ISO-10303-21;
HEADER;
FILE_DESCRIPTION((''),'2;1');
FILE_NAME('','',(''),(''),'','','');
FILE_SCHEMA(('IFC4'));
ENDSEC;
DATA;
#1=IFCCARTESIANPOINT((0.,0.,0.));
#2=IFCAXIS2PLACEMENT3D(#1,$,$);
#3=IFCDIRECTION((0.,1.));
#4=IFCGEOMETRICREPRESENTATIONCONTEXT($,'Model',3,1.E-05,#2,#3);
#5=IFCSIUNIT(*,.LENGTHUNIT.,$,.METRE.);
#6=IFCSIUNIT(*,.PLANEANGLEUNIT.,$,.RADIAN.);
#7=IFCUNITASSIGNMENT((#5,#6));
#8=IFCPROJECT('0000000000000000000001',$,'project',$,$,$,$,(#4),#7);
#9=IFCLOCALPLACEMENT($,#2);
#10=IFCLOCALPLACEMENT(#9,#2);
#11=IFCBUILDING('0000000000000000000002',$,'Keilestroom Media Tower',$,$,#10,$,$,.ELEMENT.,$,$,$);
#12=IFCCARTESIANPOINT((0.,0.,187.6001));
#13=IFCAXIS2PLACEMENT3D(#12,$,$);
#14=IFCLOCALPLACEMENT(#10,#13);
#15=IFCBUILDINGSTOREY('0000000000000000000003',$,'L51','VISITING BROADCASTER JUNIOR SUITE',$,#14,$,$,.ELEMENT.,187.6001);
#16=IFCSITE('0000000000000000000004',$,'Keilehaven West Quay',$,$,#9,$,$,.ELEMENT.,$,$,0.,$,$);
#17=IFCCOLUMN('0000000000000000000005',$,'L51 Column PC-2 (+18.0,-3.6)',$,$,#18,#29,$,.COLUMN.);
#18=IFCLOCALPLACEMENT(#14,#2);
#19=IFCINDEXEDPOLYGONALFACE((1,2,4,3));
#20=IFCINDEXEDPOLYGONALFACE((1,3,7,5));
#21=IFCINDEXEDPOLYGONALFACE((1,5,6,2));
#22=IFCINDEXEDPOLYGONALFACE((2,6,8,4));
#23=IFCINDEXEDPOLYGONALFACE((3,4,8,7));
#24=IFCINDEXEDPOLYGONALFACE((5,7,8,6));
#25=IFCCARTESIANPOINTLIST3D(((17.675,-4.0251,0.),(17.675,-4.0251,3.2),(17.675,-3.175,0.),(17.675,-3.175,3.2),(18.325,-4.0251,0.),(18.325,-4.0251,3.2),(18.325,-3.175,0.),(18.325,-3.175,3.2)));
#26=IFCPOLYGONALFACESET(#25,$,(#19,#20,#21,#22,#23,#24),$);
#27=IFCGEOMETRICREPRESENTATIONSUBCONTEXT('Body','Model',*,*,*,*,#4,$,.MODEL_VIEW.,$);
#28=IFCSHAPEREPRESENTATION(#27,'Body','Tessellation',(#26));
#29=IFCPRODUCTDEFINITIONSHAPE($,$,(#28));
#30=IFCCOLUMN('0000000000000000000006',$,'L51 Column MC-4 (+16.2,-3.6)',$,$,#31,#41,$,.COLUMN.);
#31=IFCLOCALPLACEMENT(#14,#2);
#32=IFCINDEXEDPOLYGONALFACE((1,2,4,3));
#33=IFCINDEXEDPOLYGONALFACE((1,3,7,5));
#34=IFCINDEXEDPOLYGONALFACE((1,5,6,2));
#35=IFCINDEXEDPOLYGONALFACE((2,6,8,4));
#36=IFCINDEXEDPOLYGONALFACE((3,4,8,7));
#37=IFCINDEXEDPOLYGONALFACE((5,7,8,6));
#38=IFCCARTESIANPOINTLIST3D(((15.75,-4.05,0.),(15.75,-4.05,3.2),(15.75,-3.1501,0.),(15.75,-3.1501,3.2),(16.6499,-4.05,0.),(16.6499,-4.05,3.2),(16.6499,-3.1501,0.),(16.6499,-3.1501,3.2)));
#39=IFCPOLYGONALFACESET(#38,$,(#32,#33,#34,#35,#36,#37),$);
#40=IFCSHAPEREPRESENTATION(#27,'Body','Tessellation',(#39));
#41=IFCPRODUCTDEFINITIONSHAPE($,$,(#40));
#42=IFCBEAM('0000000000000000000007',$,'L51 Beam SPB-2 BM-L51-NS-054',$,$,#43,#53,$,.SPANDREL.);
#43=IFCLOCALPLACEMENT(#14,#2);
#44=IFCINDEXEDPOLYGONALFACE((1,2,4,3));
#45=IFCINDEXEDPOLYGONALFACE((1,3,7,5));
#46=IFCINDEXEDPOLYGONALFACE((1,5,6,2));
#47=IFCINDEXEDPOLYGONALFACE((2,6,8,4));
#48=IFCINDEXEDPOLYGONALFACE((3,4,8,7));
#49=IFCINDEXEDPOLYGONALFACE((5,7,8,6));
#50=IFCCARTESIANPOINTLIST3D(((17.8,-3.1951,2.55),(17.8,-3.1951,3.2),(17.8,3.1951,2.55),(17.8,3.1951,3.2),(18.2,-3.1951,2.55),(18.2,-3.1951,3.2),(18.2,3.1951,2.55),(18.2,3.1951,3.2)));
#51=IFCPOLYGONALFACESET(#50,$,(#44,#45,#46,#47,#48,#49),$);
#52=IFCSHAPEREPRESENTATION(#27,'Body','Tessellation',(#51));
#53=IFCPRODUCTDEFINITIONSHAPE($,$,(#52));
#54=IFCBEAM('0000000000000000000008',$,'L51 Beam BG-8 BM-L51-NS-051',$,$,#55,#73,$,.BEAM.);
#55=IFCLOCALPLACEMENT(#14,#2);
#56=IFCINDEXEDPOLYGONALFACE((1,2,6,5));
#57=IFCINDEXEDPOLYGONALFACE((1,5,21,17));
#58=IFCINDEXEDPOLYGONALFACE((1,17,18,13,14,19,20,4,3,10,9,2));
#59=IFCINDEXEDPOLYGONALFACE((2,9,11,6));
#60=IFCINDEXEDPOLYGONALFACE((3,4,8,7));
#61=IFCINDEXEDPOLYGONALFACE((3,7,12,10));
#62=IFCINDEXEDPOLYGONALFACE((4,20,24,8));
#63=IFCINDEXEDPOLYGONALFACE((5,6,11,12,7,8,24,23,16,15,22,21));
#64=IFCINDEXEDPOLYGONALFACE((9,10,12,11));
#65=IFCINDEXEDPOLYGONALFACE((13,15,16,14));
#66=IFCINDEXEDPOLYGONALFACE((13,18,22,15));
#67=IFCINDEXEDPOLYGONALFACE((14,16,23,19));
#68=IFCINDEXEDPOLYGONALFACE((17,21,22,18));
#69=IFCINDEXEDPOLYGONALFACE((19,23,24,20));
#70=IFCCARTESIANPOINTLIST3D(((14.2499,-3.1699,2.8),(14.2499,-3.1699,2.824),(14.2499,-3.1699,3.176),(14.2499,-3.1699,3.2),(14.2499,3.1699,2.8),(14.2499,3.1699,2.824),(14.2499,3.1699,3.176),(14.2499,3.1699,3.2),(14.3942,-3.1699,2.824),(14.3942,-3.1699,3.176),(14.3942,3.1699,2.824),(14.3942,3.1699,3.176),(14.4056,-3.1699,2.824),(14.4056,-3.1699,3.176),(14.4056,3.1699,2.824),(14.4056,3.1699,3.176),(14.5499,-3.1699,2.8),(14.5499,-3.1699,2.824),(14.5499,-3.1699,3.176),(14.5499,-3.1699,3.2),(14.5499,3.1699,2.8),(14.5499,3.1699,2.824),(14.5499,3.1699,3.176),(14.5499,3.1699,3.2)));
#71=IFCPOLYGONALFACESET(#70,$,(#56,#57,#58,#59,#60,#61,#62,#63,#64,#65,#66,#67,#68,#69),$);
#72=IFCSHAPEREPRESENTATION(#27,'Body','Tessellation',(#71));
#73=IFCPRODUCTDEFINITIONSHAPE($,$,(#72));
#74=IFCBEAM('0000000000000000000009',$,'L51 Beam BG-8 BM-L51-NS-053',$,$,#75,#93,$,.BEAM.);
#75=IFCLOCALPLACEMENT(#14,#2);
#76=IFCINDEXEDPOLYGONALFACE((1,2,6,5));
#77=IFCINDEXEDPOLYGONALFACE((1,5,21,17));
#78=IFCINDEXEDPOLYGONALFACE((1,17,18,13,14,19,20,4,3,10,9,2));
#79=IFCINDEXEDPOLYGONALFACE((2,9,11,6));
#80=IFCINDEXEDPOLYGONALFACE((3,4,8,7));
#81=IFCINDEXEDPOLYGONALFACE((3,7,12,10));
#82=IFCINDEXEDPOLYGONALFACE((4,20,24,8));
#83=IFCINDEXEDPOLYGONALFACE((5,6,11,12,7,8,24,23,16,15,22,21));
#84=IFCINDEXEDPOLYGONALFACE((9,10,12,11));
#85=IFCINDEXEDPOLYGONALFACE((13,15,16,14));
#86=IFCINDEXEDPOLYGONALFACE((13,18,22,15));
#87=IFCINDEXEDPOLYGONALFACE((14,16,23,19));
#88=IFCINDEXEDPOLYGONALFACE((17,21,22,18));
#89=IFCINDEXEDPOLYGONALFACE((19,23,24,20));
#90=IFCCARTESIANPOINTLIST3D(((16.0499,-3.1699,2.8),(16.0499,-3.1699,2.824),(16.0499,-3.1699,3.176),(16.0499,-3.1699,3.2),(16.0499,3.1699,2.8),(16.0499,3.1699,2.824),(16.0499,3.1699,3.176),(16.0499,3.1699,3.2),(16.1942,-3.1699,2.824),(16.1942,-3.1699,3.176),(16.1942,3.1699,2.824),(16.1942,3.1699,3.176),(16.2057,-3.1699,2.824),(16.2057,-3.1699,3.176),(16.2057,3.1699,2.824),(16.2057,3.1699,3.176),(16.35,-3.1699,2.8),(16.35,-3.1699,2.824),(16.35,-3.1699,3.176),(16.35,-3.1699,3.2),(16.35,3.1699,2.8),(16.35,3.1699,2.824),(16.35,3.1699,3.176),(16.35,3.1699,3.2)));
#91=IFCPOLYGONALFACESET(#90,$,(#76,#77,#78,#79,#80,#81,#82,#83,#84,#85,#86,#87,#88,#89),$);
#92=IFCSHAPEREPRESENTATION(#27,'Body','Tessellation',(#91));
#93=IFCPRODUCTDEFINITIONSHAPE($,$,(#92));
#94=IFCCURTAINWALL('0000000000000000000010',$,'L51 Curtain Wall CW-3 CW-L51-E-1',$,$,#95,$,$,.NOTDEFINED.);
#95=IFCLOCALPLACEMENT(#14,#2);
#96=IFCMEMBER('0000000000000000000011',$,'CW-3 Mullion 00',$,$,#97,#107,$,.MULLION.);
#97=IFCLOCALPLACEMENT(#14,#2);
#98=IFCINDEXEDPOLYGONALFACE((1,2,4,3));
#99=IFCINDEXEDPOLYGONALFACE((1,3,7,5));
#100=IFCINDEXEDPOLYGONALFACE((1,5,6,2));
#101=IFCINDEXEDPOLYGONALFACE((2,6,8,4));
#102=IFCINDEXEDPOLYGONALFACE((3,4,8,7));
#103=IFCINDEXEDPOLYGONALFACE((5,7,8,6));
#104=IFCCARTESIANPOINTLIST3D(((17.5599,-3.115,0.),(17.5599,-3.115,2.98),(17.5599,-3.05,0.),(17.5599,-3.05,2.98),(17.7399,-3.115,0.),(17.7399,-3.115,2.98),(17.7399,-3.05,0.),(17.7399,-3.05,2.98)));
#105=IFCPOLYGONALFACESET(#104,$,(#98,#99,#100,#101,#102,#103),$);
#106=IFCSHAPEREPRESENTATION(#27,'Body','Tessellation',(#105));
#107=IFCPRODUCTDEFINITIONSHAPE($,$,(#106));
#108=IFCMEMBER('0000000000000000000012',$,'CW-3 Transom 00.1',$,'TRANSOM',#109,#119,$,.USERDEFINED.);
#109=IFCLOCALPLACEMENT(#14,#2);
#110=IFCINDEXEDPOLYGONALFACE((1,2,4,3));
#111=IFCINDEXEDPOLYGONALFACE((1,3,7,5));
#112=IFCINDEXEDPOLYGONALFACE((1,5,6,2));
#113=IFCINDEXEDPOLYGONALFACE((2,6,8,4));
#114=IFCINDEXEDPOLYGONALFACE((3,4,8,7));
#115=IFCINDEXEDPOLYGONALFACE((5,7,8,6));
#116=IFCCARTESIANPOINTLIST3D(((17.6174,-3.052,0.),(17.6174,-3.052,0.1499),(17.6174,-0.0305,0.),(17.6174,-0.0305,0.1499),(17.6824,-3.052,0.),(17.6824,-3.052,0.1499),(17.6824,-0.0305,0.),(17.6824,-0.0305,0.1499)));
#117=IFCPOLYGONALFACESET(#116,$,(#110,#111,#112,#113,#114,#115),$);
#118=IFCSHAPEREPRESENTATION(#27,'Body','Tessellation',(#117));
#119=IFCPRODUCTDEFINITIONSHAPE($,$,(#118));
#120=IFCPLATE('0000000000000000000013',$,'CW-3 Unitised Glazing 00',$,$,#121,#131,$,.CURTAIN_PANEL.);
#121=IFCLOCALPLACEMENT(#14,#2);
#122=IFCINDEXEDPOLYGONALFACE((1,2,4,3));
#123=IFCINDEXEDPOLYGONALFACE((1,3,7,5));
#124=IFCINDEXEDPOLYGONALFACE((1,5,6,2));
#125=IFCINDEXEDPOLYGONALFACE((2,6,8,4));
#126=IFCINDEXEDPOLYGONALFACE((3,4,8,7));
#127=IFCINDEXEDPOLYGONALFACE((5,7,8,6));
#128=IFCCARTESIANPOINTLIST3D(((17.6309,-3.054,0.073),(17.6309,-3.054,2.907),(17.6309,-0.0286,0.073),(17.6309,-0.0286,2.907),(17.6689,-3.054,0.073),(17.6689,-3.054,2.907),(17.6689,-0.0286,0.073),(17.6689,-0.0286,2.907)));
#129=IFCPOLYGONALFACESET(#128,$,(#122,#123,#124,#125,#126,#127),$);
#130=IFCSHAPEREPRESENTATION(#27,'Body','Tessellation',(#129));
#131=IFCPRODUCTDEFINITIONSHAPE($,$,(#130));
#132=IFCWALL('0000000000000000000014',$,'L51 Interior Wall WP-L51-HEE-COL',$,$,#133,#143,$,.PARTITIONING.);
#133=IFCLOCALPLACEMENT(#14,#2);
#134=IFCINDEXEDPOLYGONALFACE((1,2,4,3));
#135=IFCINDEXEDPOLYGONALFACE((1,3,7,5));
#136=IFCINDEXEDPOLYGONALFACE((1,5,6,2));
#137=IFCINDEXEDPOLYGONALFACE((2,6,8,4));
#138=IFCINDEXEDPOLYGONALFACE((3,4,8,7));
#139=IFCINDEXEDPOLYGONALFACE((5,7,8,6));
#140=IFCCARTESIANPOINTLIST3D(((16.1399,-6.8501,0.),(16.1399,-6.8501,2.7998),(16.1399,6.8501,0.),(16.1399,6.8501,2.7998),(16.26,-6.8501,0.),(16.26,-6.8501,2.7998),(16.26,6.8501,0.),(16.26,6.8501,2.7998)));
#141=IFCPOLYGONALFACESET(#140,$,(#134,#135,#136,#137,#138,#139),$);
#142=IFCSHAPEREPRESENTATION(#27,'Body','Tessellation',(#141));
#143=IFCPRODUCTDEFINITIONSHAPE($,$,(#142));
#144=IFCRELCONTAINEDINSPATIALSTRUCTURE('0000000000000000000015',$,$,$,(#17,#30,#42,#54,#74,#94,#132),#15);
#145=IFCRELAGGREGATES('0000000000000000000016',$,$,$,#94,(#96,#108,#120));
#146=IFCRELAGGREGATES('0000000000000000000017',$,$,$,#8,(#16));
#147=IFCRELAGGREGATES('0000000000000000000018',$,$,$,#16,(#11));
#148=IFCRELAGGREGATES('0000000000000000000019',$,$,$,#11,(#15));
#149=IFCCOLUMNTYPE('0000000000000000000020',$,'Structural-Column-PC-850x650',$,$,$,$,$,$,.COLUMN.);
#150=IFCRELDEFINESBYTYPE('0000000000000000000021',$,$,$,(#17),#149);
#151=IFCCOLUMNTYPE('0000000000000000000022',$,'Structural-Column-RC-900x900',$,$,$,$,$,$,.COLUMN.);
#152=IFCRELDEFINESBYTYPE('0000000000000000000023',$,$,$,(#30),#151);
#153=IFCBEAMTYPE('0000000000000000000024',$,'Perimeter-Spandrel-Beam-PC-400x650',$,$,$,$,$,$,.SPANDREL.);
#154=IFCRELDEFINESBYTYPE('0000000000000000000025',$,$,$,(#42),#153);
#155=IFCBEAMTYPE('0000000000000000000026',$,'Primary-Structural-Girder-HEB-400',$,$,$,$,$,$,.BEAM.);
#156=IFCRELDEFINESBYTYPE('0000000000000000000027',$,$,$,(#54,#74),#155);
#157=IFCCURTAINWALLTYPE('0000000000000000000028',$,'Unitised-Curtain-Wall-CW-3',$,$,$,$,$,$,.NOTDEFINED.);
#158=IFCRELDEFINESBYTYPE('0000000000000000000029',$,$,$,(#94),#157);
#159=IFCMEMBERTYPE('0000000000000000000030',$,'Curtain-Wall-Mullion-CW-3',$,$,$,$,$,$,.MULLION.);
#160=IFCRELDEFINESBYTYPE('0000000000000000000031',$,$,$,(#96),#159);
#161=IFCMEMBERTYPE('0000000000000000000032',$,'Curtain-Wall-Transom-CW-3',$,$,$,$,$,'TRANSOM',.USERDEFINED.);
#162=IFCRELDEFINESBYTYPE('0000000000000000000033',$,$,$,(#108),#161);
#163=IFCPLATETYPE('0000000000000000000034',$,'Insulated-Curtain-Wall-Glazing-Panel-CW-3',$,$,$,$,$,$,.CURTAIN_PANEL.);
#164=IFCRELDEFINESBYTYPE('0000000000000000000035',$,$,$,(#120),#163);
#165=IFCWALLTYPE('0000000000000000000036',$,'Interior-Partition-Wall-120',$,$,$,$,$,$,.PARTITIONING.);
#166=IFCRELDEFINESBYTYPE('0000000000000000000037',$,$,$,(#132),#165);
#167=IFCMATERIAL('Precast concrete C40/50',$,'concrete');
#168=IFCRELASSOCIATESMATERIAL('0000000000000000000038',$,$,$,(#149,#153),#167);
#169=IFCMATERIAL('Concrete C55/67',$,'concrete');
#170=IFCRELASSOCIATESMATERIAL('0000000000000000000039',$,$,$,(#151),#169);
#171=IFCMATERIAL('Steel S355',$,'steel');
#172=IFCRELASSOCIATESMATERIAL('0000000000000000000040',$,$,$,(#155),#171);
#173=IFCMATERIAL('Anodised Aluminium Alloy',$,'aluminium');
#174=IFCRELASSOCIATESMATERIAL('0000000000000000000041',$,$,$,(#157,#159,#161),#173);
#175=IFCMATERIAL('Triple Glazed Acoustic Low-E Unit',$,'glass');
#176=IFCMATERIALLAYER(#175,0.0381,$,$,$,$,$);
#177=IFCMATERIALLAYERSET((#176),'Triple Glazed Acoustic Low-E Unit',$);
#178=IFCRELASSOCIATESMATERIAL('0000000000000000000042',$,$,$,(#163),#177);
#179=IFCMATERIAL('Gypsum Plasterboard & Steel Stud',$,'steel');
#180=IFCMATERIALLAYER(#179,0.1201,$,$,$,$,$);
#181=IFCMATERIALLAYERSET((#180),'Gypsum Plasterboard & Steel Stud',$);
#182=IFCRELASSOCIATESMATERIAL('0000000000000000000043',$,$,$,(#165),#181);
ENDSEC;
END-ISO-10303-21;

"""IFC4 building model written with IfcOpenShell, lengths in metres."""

from ifc_helpers import new_model, si_unit, direction, frame, frame_2d, origin, origin_2d, place, context, subcontext, project, spatial, rectangle, i_section, extrude, source, transform, mapped, material, layer, layer_set, material_profile, profile_set, type_object, element, aggregate, save


model = new_model("IFC4")

# Units and contexts
model_context = context("Model", 3, precision=1e-05, world=origin(), true_north=direction((0.0, 1.0)))
body_context = subcontext(model_context, "Body", "Model", "MODEL_VIEW")
ifc_project = project(units=[si_unit("LENGTHUNIT", "METRE"), si_unit("PLANEANGLEUNIT", "RADIAN")], contexts=[model_context])

# Site, building, storey
site_placement = place(None, origin())
site = spatial("IfcSite", under=ifc_project, at=site_placement, Name="Keilehaven West Quay", CompositionType="ELEMENT", RefElevation=0.0)
building_placement = place(site_placement, origin())
building = spatial("IfcBuilding", under=site, at=building_placement, Name="Keilestroom Media Tower", CompositionType="ELEMENT")
storey_placement = place(building_placement, frame((0.0, 0.0, 187.6001)))
storey = spatial("IfcBuildingStorey", under=building, at=storey_placement, Name="L51", Description="VISITING BROADCASTER JUNIOR SUITE", CompositionType="ELEMENT", Elevation=187.6001)

# Columns
ifc_material_1 = material(Name="Precast concrete C40/50", Category="concrete")
ifc_material_profile_1 = material_profile(ifc_material_1, rectangle(XDim=0.6499, YDim=0.8501, at=origin_2d()), Name="PC 850x650")
ifc_profile_set_1 = profile_set([ifc_material_profile_1], Name="Precast concrete C40/50")
column_type_1 = type_object("IfcColumnType", Name="Structural-Column-PC-850x650", PredefinedType="COLUMN", material=ifc_profile_set_1)
shared_shape_1 = source(origin(), body_context, "Body", "SweptSolid", [
    extrude(rectangle(XDim=0.6499, YDim=0.8501, at=origin_2d()), origin(), (0.0, 0.0, 1.0), 3.2),
])
column_1_placement = place(storey_placement, frame((18.0, -3.6001, 0.0), z_axis=(0.0, 0.0, 1.0), x_axis=(1.0, 0.0, 0.0)))
element("IfcColumn", 1, at=column_1_placement, inside=storey, type_object=column_type_1, Name="L51 Column PC-2 (+18.0,-3.6)", PredefinedType="COLUMN", context=body_context, shape_type="MappedRepresentation", body=[
    mapped(shared_shape_1, transform((0.0, 0.0, 0.0), x_axis=(1.0, 0.0, 0.0), y_axis=(0.0, 1.0, 0.0), z_axis=(0.0, 0.0, 1.0), scale=1.0)),
])
ifc_material_2 = material(Name="Concrete C55/67", Category="concrete")
ifc_material_profile_2 = material_profile(ifc_material_2, rectangle(XDim=0.8999, YDim=0.8999, at=origin_2d()), Name="RC 900x900")
ifc_profile_set_2 = profile_set([ifc_material_profile_2], Name="Concrete C55/67")
column_type_2 = type_object("IfcColumnType", Name="Structural-Column-RC-900x900", PredefinedType="COLUMN", material=ifc_profile_set_2)
shared_shape_2 = source(origin(), body_context, "Body", "SweptSolid", [
    extrude(rectangle(XDim=0.8999, YDim=0.8999, at=origin_2d()), origin(), (0.0, 0.0, 1.0), 3.2),
])
column_2_placement = place(storey_placement, frame((16.2, -3.6001, 0.0), z_axis=(0.0, 0.0, 1.0), x_axis=(1.0, 0.0, 0.0)))
element("IfcColumn", 2, at=column_2_placement, inside=storey, type_object=column_type_2, Name="L51 Column MC-4 (+16.2,-3.6)", PredefinedType="COLUMN", context=body_context, shape_type="MappedRepresentation", body=[
    mapped(shared_shape_2, transform((0.0, 0.0, 0.0), x_axis=(1.0, 0.0, 0.0), y_axis=(0.0, 1.0, 0.0), z_axis=(0.0, 0.0, 1.0), scale=1.0)),
])

# Beams
ifc_material_profile_3 = material_profile(ifc_material_1, rectangle(XDim=0.3999, YDim=0.6499, at=origin_2d()), Name="PC 400x650")
ifc_profile_set_3 = profile_set([ifc_material_profile_3], Name="Precast concrete C40/50")
beam_type_1 = type_object("IfcBeamType", Name="Perimeter-Spandrel-Beam-PC-400x650", PredefinedType="SPANDREL", material=ifc_profile_set_3)
shared_shape_3 = source(origin(), body_context, "Body", "SweptSolid", [
    extrude(rectangle(XDim=0.3999, YDim=0.6499, at=origin_2d()), origin(), (0.0, 0.0, 1.0), 6.3901),
])
beam_placement = place(storey_placement, frame((18.0, -3.1951, 2.875), z_axis=(0.0, 1.0, 0.0), x_axis=(-1.0, 0.0, 0.0)))
element("IfcBeam", 3, at=beam_placement, inside=storey, type_object=beam_type_1, Name="L51 Beam SPB-2 BM-L51-NS-054", PredefinedType="SPANDREL", context=body_context, shape_type="MappedRepresentation", body=[
    mapped(shared_shape_3, transform((0.0, 0.0, 0.0), x_axis=(1.0, 0.0, 0.0), y_axis=(0.0, 1.0, 0.0), z_axis=(0.0, 0.0, 1.0), scale=1.0)),
])
ifc_material_3 = material(Name="Steel S355", Category="steel")
ifc_material_profile_4 = material_profile(ifc_material_3, i_section(OverallWidth=0.3, OverallDepth=0.3999, WebThickness=0.0115, FlangeThickness=0.0239, at=origin_2d()), Name="HEB 400")
ifc_profile_set_4 = profile_set([ifc_material_profile_4], Name="Steel S355")
beam_type_2 = type_object("IfcBeamType", Name="Primary-Structural-Girder-HEB-400", PredefinedType="BEAM", material=ifc_profile_set_4)
shared_shape_4 = source(origin(), body_context, "Body", "SweptSolid", [
    extrude(i_section(OverallWidth=0.3, OverallDepth=0.3999, WebThickness=0.0115, FlangeThickness=0.0239, at=origin_2d()), origin(), (0.0, 0.0, 1.0), 6.3398),
])
for number, where, z_axis, x_axis, name in (
    (4, (14.3999, -3.1699, 3.0), (0.0, 1.0, 0.0), (-1.0, 0.0, 0.0), "L51 Beam BG-8 BM-L51-NS-051"),
    (5, (16.2, -3.1699, 3.0), (0.0, 1.0, 0.0), (-1.0, 0.0, 0.0), "L51 Beam BG-8 BM-L51-NS-053"),
):
    element("IfcBeam", number, at=place(storey_placement, frame(where, z_axis=z_axis, x_axis=x_axis)), inside=storey, type_object=beam_type_2, Name=name, PredefinedType="BEAM", context=body_context, shape_type="MappedRepresentation", body=[
        mapped(shared_shape_4, transform((0.0, 0.0, 0.0), x_axis=(1.0, 0.0, 0.0), y_axis=(0.0, 1.0, 0.0), z_axis=(0.0, 0.0, 1.0), scale=1.0)),
    ])

# Curtain wall, members, plate
ifc_material_4 = material(Name="Anodised Aluminium Alloy", Category="aluminium")
curtain_wall_type = type_object("IfcCurtainWallType", Name="Unitised-Curtain-Wall-CW-3", PredefinedType="NOTDEFINED", material=ifc_material_4)
curtain_wall_placement = place(storey_placement, origin())
curtain_wall = element("IfcCurtainWall", 6, at=curtain_wall_placement, inside=storey, type_object=curtain_wall_type, Name="L51 Curtain Wall CW-3 CW-L51-E-1", PredefinedType="NOTDEFINED")
ifc_material_profile_5 = material_profile(ifc_material_4, rectangle(XDim=0.0649, YDim=0.1799, at=origin_2d()), Name="ALU MULLION 65x180")
ifc_profile_set_5 = profile_set([ifc_material_profile_5], Name="Anodised Aluminium Alloy")
member_type_1 = type_object("IfcMemberType", Name="Curtain-Wall-Mullion-CW-3", PredefinedType="MULLION", material=ifc_profile_set_5)
shared_shape_5 = source(origin(), body_context, "Body", "SweptSolid", [
    extrude(rectangle(XDim=0.0649, YDim=0.1799, at=origin_2d()), origin(), (0.0, 0.0, 1.0), 2.98),
])
member_1_placement = place(storey_placement, frame((17.6499, -3.0825, 0.0), z_axis=(0.0, 0.0, 1.0), x_axis=(0.0, 1.0, 0.0)))
member_1 = element("IfcMember", 7, at=member_1_placement, type_object=member_type_1, Name="CW-3 Mullion 00", PredefinedType="MULLION", context=body_context, shape_type="MappedRepresentation", body=[
    mapped(shared_shape_5, transform((0.0, 0.0, 0.0), x_axis=(1.0, 0.0, 0.0), y_axis=(0.0, 1.0, 0.0), z_axis=(0.0, 0.0, 1.0), scale=1.0)),
])
ifc_material_profile_6 = material_profile(ifc_material_4, rectangle(XDim=0.0649, YDim=0.1499, at=origin_2d()), Name="ALU TRANSOM 65x150")
ifc_profile_set_6 = profile_set([ifc_material_profile_6], Name="Anodised Aluminium Alloy")
member_type_2 = type_object("IfcMemberType", Name="Curtain-Wall-Transom-CW-3", ElementType="TRANSOM", PredefinedType="USERDEFINED", material=ifc_profile_set_6)
shared_shape_6 = source(origin(), body_context, "Body", "SweptSolid", [
    extrude(rectangle(XDim=0.0649, YDim=0.1499, at=origin_2d()), origin(), (0.0, 0.0, 1.0), 3.0215),
])
member_2_placement = place(storey_placement, frame((17.6499, -3.052, 0.075), z_axis=(0.0, 1.0, 0.0), x_axis=(-1.0, 0.0, 0.0)))
member_2 = element("IfcMember", 8, at=member_2_placement, type_object=member_type_2, Name="CW-3 Transom 00.1", ObjectType="TRANSOM", PredefinedType="USERDEFINED", context=body_context, shape_type="MappedRepresentation", body=[
    mapped(shared_shape_6, transform((0.0, 0.0, 0.0), x_axis=(1.0, 0.0, 0.0), y_axis=(0.0, 1.0, 0.0), z_axis=(0.0, 0.0, 1.0), scale=1.0)),
])
ifc_material_5 = material(Name="Triple Glazed Acoustic Low-E Unit", Category="glass")
ifc_layer_1 = layer(ifc_material_5, 0.0381)
ifc_layer_set_1 = layer_set([ifc_layer_1], Name="Triple Glazed Acoustic Low-E Unit")
plate_type = type_object("IfcPlateType", Name="Insulated-Curtain-Wall-Glazing-Panel-CW-3", PredefinedType="CURTAIN_PANEL", material=ifc_layer_set_1)
shared_shape_7 = source(origin(), body_context, "Body", "SweptSolid", [
    extrude(rectangle(XDim=3.0254, YDim=0.0381, at=origin_2d()), origin(), (0.0, 0.0, 1.0), 2.834),
])
plate_placement = place(storey_placement, frame((17.6499, -1.5413, 0.073), z_axis=(0.0, 0.0, 1.0), x_axis=(0.0, 1.0, 0.0)))
plate = element("IfcPlate", 9, at=plate_placement, type_object=plate_type, Name="CW-3 Unitised Glazing 00", PredefinedType="CURTAIN_PANEL", context=body_context, shape_type="MappedRepresentation", body=[
    mapped(shared_shape_7, transform((0.0, 0.0, 0.0), x_axis=(1.0, 0.0, 0.0), y_axis=(0.0, 1.0, 0.0), z_axis=(0.0, 0.0, 1.0), scale=1.0)),
])
aggregate(curtain_wall, [member_1, member_2, plate])

# Wall
ifc_material_6 = material(Name="Gypsum Plasterboard & Steel Stud", Category="steel")
ifc_layer_2 = layer(ifc_material_6, 0.1201)
ifc_layer_set_2 = layer_set([ifc_layer_2], Name="Gypsum Plasterboard & Steel Stud")
wall_type_1 = type_object("IfcWallType", Name="Interior-Partition-Wall-120", PredefinedType="PARTITIONING", material=ifc_layer_set_2)
wall_1_placement = place(storey_placement, frame((16.2, -6.8501, 0.0), z_axis=(0.0, 0.0, 1.0), x_axis=(0.0, 1.0, 0.0)))
element("IfcWall", 10, at=wall_1_placement, inside=storey, type_object=wall_type_1, Name="L51 Interior Wall WP-L51-HEE-COL", PredefinedType="PARTITIONING", context=body_context, shape_type="SweptSolid", body=[
    extrude(rectangle(XDim=13.7002, YDim=0.1201, at=frame_2d((6.8501, 0.0))), origin(), (0.0, 0.0, 1.0), 2.7998),
])

save(model, "model.ifc")
